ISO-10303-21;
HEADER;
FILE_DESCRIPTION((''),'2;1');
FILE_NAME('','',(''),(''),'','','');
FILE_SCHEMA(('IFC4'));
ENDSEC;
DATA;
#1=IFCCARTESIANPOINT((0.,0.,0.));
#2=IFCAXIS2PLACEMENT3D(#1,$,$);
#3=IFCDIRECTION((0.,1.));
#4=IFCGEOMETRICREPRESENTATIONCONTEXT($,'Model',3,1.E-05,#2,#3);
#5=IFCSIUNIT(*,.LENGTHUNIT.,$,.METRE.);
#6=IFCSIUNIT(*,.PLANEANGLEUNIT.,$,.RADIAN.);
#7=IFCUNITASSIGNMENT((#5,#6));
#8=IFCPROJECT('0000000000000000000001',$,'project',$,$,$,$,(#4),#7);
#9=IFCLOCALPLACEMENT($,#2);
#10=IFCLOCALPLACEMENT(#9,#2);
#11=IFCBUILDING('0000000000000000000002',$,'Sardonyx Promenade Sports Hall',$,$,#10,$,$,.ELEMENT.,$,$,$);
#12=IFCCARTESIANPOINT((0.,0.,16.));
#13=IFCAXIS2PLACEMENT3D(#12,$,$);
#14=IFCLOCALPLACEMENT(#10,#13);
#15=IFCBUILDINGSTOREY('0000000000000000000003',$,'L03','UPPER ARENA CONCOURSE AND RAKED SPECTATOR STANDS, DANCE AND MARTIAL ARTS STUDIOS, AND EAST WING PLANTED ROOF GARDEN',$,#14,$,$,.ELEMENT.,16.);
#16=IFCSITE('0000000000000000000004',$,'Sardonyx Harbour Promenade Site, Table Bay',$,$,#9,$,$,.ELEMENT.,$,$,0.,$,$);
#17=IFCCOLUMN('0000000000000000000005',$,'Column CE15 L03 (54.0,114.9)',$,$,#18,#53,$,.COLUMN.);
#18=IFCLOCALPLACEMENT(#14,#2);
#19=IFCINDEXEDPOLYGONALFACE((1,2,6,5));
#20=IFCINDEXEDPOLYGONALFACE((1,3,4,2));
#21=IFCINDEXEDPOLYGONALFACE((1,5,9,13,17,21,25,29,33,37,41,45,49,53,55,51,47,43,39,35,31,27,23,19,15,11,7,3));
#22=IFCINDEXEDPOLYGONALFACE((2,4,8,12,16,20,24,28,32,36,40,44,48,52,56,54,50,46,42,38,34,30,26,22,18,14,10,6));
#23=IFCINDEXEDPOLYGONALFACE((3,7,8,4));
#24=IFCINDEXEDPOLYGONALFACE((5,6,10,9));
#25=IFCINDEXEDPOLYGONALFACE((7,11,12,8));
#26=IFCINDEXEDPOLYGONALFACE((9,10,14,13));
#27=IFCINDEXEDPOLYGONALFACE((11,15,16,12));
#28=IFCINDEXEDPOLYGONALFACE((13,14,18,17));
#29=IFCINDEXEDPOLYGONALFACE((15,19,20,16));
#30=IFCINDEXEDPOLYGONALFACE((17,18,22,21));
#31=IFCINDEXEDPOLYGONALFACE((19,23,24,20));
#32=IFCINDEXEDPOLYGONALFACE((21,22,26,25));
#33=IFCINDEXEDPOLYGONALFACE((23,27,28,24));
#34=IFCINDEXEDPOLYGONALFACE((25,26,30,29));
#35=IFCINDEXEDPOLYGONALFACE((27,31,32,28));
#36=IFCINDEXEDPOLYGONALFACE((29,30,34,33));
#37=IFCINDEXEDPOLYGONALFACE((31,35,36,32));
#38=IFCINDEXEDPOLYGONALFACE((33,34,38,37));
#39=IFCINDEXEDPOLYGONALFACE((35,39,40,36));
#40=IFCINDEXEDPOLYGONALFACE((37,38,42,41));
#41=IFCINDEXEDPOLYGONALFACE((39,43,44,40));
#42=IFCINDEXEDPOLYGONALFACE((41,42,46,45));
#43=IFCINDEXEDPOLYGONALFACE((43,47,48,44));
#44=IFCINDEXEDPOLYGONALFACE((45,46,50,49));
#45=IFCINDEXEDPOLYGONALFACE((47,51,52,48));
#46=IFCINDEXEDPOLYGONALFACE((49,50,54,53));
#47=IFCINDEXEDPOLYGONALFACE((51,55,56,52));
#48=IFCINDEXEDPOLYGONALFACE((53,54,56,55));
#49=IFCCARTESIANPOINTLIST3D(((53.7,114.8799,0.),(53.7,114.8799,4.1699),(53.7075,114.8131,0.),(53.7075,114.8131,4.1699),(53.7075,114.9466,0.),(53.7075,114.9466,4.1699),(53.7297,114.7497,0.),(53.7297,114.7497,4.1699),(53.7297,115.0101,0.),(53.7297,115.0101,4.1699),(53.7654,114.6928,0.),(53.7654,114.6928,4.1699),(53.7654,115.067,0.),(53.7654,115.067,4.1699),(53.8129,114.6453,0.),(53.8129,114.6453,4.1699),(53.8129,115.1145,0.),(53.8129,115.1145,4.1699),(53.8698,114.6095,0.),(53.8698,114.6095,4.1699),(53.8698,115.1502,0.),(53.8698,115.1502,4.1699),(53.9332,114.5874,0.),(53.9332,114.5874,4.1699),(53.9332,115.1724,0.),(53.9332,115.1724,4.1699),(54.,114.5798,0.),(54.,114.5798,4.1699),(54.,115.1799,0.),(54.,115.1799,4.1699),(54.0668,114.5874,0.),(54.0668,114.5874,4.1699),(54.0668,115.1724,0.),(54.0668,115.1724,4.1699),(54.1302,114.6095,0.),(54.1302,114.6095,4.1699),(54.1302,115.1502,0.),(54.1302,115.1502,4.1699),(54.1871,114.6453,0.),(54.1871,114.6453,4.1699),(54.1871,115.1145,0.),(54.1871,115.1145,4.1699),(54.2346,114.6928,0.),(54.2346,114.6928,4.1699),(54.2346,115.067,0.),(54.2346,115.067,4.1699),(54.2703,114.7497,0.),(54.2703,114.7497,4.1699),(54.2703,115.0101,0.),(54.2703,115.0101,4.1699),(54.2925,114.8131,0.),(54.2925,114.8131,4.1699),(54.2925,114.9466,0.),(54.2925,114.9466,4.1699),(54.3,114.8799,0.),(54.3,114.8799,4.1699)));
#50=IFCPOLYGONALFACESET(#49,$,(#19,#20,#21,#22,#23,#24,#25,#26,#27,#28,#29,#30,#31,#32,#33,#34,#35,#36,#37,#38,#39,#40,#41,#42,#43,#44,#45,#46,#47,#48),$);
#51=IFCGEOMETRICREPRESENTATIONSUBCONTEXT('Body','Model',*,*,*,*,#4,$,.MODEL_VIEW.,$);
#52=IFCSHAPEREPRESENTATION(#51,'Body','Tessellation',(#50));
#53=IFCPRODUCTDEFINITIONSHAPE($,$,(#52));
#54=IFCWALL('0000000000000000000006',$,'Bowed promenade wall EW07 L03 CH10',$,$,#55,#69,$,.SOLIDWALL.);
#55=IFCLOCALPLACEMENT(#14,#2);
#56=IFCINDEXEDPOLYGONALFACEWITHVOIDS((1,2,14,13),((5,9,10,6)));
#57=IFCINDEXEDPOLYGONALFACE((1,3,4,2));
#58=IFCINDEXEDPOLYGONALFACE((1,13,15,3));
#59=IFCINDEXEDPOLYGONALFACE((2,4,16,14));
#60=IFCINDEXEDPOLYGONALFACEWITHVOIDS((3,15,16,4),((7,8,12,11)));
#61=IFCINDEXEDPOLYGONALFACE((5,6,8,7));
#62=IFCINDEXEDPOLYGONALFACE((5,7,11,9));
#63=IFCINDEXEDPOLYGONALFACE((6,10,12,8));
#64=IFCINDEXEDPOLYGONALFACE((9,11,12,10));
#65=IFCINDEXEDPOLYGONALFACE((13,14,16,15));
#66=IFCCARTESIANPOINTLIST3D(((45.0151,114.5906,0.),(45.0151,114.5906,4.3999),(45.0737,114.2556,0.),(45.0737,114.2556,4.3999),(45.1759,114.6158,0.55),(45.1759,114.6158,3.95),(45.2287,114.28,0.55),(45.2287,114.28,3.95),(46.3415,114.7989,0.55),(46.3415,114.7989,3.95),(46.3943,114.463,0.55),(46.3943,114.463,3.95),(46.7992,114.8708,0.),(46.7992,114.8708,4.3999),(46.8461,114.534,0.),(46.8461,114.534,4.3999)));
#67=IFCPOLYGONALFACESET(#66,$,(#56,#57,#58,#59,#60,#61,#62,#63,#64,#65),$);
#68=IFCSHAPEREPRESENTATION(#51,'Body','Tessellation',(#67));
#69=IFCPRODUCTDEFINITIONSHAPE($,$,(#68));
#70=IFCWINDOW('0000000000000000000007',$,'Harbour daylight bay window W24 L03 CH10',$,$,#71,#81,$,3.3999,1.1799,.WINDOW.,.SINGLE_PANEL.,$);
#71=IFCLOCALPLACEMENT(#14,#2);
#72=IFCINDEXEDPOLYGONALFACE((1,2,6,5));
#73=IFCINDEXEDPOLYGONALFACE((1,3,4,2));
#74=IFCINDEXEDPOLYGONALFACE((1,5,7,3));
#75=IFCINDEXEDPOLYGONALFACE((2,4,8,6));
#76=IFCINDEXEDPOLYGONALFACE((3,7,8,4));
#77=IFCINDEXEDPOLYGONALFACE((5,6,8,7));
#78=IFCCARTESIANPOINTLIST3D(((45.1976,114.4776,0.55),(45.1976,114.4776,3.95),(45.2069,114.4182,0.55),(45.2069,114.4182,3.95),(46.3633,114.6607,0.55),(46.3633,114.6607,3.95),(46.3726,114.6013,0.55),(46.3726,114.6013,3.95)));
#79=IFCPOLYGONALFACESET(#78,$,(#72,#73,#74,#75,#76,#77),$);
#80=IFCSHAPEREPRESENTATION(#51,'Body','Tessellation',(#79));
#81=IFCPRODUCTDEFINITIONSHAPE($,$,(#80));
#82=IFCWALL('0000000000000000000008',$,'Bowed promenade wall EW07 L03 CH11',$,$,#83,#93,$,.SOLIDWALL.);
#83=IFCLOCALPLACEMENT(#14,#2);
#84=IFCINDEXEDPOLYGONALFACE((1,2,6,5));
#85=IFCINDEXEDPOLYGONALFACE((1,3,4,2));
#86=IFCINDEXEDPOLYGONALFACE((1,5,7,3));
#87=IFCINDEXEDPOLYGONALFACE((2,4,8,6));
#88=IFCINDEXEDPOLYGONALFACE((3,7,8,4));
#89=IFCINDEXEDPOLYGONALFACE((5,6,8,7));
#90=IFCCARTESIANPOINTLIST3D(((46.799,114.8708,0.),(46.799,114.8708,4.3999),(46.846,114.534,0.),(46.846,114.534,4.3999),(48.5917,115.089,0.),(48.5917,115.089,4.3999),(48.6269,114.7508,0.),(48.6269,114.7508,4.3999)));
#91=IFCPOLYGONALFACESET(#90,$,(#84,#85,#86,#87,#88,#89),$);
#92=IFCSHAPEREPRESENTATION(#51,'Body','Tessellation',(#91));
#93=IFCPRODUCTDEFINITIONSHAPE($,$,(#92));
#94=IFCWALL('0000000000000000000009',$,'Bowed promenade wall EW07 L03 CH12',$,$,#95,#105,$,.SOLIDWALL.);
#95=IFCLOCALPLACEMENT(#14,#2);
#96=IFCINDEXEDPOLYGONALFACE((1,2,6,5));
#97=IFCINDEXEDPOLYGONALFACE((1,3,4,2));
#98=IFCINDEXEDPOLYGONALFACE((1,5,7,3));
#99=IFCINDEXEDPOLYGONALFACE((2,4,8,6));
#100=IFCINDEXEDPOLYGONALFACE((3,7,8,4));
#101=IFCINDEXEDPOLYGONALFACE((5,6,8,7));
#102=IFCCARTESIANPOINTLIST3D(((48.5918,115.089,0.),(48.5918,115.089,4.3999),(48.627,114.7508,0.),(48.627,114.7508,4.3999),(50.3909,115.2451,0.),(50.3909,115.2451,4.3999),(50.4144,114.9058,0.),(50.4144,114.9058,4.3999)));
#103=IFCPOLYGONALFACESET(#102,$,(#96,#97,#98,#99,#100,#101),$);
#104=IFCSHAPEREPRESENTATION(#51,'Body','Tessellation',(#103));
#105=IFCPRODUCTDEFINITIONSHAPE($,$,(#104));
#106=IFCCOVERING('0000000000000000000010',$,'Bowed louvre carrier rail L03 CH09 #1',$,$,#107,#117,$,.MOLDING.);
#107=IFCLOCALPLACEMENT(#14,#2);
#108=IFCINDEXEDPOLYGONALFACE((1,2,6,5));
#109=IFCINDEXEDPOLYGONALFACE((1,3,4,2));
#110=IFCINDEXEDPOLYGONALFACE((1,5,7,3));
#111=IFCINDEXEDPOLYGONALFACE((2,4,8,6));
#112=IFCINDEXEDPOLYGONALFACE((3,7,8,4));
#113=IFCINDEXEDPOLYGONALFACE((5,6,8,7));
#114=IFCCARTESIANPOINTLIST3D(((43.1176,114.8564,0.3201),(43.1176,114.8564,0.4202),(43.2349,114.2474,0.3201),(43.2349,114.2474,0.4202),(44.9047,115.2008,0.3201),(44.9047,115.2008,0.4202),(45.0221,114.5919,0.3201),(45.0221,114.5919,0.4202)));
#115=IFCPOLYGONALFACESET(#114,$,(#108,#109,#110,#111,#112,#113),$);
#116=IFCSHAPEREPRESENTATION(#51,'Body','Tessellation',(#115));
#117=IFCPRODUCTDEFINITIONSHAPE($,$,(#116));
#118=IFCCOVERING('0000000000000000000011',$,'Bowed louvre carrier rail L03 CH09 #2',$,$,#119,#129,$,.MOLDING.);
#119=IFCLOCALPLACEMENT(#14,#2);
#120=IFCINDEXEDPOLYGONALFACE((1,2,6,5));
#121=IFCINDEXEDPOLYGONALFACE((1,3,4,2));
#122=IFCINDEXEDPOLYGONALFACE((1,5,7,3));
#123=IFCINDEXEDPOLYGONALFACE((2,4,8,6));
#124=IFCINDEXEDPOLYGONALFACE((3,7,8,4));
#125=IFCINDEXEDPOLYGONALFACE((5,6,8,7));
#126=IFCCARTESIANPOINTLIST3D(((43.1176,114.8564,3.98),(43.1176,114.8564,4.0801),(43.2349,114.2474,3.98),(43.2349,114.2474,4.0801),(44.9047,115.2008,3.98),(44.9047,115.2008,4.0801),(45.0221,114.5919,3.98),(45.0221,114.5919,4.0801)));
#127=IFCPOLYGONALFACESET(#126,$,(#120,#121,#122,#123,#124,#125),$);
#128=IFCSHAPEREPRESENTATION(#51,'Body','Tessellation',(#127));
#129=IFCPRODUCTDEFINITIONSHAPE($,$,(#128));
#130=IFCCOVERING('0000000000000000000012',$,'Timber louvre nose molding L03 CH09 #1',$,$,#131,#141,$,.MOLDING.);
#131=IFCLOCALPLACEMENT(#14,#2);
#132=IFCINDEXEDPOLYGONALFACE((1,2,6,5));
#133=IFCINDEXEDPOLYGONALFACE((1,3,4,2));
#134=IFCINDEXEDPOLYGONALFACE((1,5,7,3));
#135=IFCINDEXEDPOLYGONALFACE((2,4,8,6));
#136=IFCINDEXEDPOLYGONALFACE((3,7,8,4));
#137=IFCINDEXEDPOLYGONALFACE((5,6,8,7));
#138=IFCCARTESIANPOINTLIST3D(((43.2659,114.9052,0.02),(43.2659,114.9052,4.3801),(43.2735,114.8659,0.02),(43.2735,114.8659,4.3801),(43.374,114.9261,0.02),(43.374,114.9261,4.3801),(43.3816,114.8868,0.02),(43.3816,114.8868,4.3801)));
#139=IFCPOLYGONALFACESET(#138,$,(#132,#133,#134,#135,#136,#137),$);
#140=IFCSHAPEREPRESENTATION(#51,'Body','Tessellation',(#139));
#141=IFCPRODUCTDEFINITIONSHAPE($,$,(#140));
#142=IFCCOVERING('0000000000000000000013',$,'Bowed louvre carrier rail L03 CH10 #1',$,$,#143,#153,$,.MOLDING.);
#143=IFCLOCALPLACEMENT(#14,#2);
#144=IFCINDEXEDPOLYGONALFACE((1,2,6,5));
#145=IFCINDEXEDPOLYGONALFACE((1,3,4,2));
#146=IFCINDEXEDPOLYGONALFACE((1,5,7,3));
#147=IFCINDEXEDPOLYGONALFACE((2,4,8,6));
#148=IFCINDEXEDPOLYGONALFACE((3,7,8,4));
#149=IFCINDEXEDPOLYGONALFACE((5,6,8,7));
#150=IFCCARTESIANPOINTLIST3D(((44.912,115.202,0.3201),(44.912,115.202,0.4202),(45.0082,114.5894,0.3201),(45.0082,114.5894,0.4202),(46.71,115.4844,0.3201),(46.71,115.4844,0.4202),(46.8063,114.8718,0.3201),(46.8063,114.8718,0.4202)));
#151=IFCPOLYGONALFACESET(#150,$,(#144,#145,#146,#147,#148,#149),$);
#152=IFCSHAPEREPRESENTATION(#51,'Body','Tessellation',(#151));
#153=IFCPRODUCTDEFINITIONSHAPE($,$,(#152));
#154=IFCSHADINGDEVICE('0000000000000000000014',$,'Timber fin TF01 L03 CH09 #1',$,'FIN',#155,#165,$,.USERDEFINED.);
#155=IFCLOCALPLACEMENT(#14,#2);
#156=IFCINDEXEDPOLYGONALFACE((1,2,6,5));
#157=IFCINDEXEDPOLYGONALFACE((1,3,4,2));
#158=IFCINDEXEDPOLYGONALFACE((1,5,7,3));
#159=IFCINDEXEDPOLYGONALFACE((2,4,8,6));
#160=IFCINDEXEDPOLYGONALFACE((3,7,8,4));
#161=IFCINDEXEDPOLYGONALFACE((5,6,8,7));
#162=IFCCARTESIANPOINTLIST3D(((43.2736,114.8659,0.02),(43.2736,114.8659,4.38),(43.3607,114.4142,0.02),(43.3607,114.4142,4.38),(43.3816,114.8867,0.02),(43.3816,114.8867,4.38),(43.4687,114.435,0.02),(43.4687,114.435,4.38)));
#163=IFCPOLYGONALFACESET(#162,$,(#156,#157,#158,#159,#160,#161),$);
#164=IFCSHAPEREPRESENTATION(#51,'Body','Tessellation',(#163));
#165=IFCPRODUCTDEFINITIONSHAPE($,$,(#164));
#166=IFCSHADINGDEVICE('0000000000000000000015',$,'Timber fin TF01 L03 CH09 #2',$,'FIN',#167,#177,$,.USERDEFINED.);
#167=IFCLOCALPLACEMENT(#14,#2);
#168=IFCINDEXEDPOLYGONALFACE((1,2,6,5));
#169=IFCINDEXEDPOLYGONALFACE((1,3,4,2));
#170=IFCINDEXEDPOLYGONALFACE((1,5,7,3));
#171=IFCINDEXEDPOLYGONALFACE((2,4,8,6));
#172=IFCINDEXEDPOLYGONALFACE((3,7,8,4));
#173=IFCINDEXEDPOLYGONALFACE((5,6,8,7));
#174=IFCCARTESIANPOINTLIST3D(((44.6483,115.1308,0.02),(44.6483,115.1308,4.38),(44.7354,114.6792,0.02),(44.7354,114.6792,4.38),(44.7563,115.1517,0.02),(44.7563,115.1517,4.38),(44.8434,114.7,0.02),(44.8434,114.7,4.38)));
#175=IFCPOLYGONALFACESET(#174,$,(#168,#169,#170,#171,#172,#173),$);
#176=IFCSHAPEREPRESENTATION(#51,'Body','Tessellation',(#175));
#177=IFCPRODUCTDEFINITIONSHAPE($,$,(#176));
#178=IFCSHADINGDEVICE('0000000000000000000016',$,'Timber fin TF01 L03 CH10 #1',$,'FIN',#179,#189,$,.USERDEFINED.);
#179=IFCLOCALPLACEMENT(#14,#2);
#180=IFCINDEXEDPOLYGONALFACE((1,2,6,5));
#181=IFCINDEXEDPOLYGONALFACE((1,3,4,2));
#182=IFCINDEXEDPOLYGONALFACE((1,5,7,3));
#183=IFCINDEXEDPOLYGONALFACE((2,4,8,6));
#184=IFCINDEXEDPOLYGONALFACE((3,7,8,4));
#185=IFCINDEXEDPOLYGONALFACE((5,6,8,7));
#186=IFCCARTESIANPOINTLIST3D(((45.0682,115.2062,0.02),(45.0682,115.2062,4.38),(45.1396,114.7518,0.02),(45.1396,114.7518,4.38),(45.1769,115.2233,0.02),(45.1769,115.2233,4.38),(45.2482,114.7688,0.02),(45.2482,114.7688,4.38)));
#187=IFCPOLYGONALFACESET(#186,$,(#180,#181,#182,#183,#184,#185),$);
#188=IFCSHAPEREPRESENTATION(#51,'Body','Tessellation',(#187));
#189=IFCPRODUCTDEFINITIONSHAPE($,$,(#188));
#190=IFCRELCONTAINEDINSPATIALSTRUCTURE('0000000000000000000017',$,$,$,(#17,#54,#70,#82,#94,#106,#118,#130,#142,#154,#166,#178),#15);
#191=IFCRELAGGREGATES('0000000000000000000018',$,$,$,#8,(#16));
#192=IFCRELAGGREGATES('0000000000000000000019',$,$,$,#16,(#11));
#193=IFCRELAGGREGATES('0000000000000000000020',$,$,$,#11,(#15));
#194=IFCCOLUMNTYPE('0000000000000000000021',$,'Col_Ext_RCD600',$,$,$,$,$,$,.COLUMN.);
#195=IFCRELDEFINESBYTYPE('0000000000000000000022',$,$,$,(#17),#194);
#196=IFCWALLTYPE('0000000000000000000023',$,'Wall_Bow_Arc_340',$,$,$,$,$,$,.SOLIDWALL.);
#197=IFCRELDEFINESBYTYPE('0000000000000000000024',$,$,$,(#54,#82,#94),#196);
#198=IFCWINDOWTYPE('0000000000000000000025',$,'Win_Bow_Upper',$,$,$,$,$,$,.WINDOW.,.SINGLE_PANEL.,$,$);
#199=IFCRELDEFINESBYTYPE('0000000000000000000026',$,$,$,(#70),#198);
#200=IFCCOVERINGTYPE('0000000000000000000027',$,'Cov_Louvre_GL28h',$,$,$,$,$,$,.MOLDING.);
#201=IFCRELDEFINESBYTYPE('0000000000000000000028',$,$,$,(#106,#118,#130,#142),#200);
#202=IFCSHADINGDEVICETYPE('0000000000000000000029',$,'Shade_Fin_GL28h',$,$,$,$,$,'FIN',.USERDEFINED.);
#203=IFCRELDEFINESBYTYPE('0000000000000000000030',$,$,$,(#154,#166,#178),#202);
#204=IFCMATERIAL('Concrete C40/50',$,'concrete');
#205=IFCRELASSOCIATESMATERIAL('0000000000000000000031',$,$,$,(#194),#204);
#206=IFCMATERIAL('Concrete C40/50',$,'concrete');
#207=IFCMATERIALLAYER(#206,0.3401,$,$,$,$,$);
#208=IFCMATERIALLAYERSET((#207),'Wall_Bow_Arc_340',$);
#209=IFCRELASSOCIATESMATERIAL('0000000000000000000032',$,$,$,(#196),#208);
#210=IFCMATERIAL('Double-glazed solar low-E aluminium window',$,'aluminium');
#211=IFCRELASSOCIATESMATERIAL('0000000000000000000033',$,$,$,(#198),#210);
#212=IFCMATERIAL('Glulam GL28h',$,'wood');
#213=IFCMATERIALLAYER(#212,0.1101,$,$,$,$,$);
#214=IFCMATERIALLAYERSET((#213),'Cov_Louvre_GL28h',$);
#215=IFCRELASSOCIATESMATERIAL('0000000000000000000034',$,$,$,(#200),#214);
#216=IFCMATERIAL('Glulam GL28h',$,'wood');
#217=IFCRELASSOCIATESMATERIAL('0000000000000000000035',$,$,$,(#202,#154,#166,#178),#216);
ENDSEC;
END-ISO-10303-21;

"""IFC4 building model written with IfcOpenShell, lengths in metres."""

from ifc_helpers import new_model, si_unit, direction, frame, frame_2d, origin, origin_2d, place, context, subcontext, project, spatial, polyline, rectangle, circle, outline, extrude, material, layer, layer_set, material_profile, profile_set, type_object, element, fill, save


model = new_model("IFC4")

# Units and contexts
model_context = context("Model", 3, precision=1e-05, world=origin(), true_north=direction((0.0, 1.0)))
body_context = subcontext(model_context, "Body", "Model", "MODEL_VIEW")
ifc_project = project(units=[si_unit("LENGTHUNIT", "METRE"), si_unit("PLANEANGLEUNIT", "RADIAN")], contexts=[model_context])

# Site, building, storey
site_placement = place(None, origin())
site = spatial("IfcSite", under=ifc_project, at=site_placement, Name="Sardonyx Harbour Promenade Site, Table Bay", CompositionType="ELEMENT", RefElevation=0.0)
building_placement = place(site_placement, origin())
building = spatial("IfcBuilding", under=site, at=building_placement, Name="Sardonyx Promenade Sports Hall", CompositionType="ELEMENT")
storey_placement = place(building_placement, frame((0.0, 0.0, 16.0)))
storey = spatial("IfcBuildingStorey", under=building, at=storey_placement, Name="L03", Description="UPPER ARENA CONCOURSE AND RAKED SPECTATOR STANDS, DANCE AND MARTIAL ARTS STUDIOS, AND EAST WING PLANTED ROOF GARDEN", CompositionType="ELEMENT", Elevation=16.0)

# Column
ifc_material_1 = material(Name="Concrete C40/50", Category="concrete")
ifc_material_profile = material_profile(ifc_material_1, circle(Radius=0.3, at=origin_2d()))
ifc_profile_set = profile_set([ifc_material_profile], Name="Concrete C40/50")
column_type = type_object("IfcColumnType", Name="Col_Ext_RCD600", PredefinedType="COLUMN", material=ifc_profile_set)
column_placement = place(storey_placement, frame((54.0, 114.8799, 0.0), z_axis=(0.0, 0.0, 1.0), x_axis=(1.0, 0.0, 0.0)))
element("IfcColumn", 1, at=column_placement, inside=storey, type_object=column_type, Name="Column CE15 L03 (54.0,114.9)", PredefinedType="COLUMN", context=body_context, shape_type="SweptSolid", body=[
    extrude(circle(Radius=0.3, at=origin_2d()), origin(), (0.0, 0.0, 1.0), 4.1699),
])

# Wall, opening, window
ifc_material_2 = material(Name="Concrete C40/50", Category="concrete")
ifc_layer_1 = layer(ifc_material_2, 0.3401)
ifc_layer_set_1 = layer_set([ifc_layer_1], Name="Wall_Bow_Arc_340")
wall_type = type_object("IfcWallType", Name="Wall_Bow_Arc_340", PredefinedType="SOLIDWALL", material=ifc_layer_set_1)
wall_1_placement = place(storey_placement, frame((45.0444, 114.4231, 0.0), z_axis=(0.0, 0.0, 1.0), x_axis=(0.987887, 0.155175, 0.0)))
wall_1 = element("IfcWall", 2, at=wall_1_placement, inside=storey, type_object=wall_type, Name="Bowed promenade wall EW07 L03 CH10", PredefinedType="SOLIDWALL", context=body_context, shape_type="SweptSolid", body=[
    extrude(outline(polyline([(0.0029, -0.17), (1.7971, -0.17), (1.8029, 0.17), (-0.0029, 0.17), (0.0029, -0.17)])), origin(), (0.0, 0.0, 1.0), 4.3999),
])
opening_placement = place(wall_1_placement, frame((0.1599, 0.0, 0.55)))
opening = element("IfcOpeningElement", 3, at=opening_placement, cuts=wall_1, PredefinedType="OPENING", context=body_context, shape_type="SweptSolid", body=[
    extrude(rectangle(XDim=1.1799, YDim=3.3999, at=frame_2d((0.5898, 1.7))), frame((0.0, 0.18, 0.0), z_axis=(0.0, -1.0, 0.0), x_axis=(1.0, 0.0, 0.0)), (0.0, 0.0, 1.0), 0.36),
])
ifc_material_3 = material(Name="Double-glazed solar low-E aluminium window", Category="aluminium")
window_type = type_object("IfcWindowType", Name="Win_Bow_Upper", PartitioningType="SINGLE_PANEL", PredefinedType="WINDOW", material=ifc_material_3)
window_placement = place(opening_placement, origin())
window = element("IfcWindow", 4, at=window_placement, inside=storey, type_object=window_type, Name="Harbour daylight bay window W24 L03 CH10", OverallHeight=3.3999, OverallWidth=1.1799, PartitioningType="SINGLE_PANEL", PredefinedType="WINDOW", context=body_context, shape_type="SweptSolid", body=[
    extrude(rectangle(XDim=1.1799, YDim=3.3999, at=frame_2d((0.5898, 1.7))), frame((0.0, 0.03, 0.0), z_axis=(0.0, -1.0, 0.0), x_axis=(1.0, 0.0, 0.0)), (0.0, 0.0, 1.0), 0.0601),
])
fill(opening, window)

# Walls
wall_2_placement = place(storey_placement, frame((46.8225, 114.7024, 0.0), z_axis=(0.0, 0.0, 1.0), x_axis=(0.992671, 0.120846, 0.0)))
element("IfcWall", 5, at=wall_2_placement, inside=storey, type_object=wall_type, Name="Bowed promenade wall EW07 L03 CH11", PredefinedType="SOLIDWALL", context=body_context, shape_type="SweptSolid", body=[
    extrude(outline(polyline([(0.0029, -0.17), (1.7971, -0.17), (1.8029, 0.17), (-0.0029, 0.17), (0.0029, -0.17)])), origin(), (0.0, 0.0, 1.0), 4.3999),
])
wall_3_placement = place(storey_placement, frame((48.6094, 114.9199, 0.0), z_axis=(0.0, 0.0, 1.0), x_axis=(0.99626, 0.086401, 0.0)))
element("IfcWall", 6, at=wall_3_placement, inside=storey, type_object=wall_type, Name="Bowed promenade wall EW07 L03 CH12", PredefinedType="SOLIDWALL", context=body_context, shape_type="SweptSolid", body=[
    extrude(outline(polyline([(0.0029, -0.17), (1.7971, -0.17), (1.8029, 0.17), (-0.0029, 0.17), (0.0029, -0.17)])), origin(), (0.0, 0.0, 1.0), 4.3999),
])

# Coverings
ifc_material_4 = material(Name="Glulam GL28h", Category="wood")
ifc_layer_2 = layer(ifc_material_4, 0.1101)
ifc_layer_set_2 = layer_set([ifc_layer_2], Name="Cov_Louvre_GL28h")
covering_type = type_object("IfcCoveringType", Name="Cov_Louvre_GL28h", PredefinedType="MOLDING", material=ifc_layer_set_2)
for number, where, z_axis, x_axis, name in (
    (7, (44.0698, 114.7241, 0.3201), (0.0, 0.0, 1.0), (0.98193, 0.189246, 0.0), "Bowed louvre carrier rail L03 CH09 #1"),
    (8, (44.0698, 114.7241, 3.98), (0.0, 0.0, 1.0), (0.98193, 0.189246, 0.0), "Bowed louvre carrier rail L03 CH09 #2"),
):
    element("IfcCovering", number, at=place(storey_placement, frame(where, z_axis=z_axis, x_axis=x_axis)), inside=storey, type_object=covering_type, Name=name, PredefinedType="MOLDING", context=body_context, shape_type="SweptSolid", body=[
        extrude(rectangle(XDim=1.8201, YDim=0.6201, at=origin_2d()), origin(), (0.0, 0.0, 1.0), 0.1001),
    ])
covering_1_placement = place(storey_placement, frame((43.3237, 114.896, 0.02), z_axis=(0.0, 0.0, 1.0), x_axis=(0.98193, 0.189246, 0.0)))
element("IfcCovering", 9, at=covering_1_placement, inside=storey, type_object=covering_type, Name="Timber louvre nose molding L03 CH09 #1", PredefinedType="MOLDING", context=body_context, shape_type="SweptSolid", body=[
    extrude(rectangle(XDim=0.1101, YDim=0.04, at=origin_2d()), origin(), (0.0, 0.0, 1.0), 4.3601),
])
covering_2_placement = place(storey_placement, frame((45.8591, 115.0369, 0.3201), z_axis=(0.0, 0.0, 1.0), x_axis=(0.987891, 0.155148, 0.0)))
element("IfcCovering", 10, at=covering_2_placement, inside=storey, type_object=covering_type, Name="Bowed louvre carrier rail L03 CH10 #1", PredefinedType="MOLDING", context=body_context, shape_type="SweptSolid", body=[
    extrude(rectangle(XDim=1.8201, YDim=0.6201, at=origin_2d()), origin(), (0.0, 0.0, 1.0), 0.1001),
])

# Shading devices
ifc_material_5 = material(Name="Glulam GL28h", Category="wood")
shading_device_type_1 = type_object("IfcShadingDeviceType", Name="Shade_Fin_GL28h", ElementType="FIN", PredefinedType="USERDEFINED", material=ifc_material_5)
for number, where, z_axis, x_axis, name in (
    (11, (43.3711, 114.6505, 0.02), (0.0, 0.0, 1.0), (0.98193, 0.189246, 0.0), "Timber fin TF01 L03 CH09 #1"),
    (12, (44.7458, 114.9154, 0.02), (0.0, 0.0, 1.0), (0.98193, 0.189246, 0.0), "Timber fin TF01 L03 CH09 #2"),
    (13, (45.1582, 114.9875, 0.02), (0.0, 0.0, 1.0), (0.987891, 0.155148, 0.0), "Timber fin TF01 L03 CH10 #1"),
):
    element("IfcShadingDevice", number, at=place(storey_placement, frame(where, z_axis=z_axis, x_axis=x_axis)), inside=storey, type_object=shading_device_type_1, material=ifc_material_5, Name=name, ObjectType="FIN", PredefinedType="USERDEFINED", context=body_context, shape_type="SweptSolid", body=[
        extrude(rectangle(XDim=0.11, YDim=0.46), origin(), (0.0, 0.0, 1.0), 4.36),
    ])

save(model, "model.ifc")
